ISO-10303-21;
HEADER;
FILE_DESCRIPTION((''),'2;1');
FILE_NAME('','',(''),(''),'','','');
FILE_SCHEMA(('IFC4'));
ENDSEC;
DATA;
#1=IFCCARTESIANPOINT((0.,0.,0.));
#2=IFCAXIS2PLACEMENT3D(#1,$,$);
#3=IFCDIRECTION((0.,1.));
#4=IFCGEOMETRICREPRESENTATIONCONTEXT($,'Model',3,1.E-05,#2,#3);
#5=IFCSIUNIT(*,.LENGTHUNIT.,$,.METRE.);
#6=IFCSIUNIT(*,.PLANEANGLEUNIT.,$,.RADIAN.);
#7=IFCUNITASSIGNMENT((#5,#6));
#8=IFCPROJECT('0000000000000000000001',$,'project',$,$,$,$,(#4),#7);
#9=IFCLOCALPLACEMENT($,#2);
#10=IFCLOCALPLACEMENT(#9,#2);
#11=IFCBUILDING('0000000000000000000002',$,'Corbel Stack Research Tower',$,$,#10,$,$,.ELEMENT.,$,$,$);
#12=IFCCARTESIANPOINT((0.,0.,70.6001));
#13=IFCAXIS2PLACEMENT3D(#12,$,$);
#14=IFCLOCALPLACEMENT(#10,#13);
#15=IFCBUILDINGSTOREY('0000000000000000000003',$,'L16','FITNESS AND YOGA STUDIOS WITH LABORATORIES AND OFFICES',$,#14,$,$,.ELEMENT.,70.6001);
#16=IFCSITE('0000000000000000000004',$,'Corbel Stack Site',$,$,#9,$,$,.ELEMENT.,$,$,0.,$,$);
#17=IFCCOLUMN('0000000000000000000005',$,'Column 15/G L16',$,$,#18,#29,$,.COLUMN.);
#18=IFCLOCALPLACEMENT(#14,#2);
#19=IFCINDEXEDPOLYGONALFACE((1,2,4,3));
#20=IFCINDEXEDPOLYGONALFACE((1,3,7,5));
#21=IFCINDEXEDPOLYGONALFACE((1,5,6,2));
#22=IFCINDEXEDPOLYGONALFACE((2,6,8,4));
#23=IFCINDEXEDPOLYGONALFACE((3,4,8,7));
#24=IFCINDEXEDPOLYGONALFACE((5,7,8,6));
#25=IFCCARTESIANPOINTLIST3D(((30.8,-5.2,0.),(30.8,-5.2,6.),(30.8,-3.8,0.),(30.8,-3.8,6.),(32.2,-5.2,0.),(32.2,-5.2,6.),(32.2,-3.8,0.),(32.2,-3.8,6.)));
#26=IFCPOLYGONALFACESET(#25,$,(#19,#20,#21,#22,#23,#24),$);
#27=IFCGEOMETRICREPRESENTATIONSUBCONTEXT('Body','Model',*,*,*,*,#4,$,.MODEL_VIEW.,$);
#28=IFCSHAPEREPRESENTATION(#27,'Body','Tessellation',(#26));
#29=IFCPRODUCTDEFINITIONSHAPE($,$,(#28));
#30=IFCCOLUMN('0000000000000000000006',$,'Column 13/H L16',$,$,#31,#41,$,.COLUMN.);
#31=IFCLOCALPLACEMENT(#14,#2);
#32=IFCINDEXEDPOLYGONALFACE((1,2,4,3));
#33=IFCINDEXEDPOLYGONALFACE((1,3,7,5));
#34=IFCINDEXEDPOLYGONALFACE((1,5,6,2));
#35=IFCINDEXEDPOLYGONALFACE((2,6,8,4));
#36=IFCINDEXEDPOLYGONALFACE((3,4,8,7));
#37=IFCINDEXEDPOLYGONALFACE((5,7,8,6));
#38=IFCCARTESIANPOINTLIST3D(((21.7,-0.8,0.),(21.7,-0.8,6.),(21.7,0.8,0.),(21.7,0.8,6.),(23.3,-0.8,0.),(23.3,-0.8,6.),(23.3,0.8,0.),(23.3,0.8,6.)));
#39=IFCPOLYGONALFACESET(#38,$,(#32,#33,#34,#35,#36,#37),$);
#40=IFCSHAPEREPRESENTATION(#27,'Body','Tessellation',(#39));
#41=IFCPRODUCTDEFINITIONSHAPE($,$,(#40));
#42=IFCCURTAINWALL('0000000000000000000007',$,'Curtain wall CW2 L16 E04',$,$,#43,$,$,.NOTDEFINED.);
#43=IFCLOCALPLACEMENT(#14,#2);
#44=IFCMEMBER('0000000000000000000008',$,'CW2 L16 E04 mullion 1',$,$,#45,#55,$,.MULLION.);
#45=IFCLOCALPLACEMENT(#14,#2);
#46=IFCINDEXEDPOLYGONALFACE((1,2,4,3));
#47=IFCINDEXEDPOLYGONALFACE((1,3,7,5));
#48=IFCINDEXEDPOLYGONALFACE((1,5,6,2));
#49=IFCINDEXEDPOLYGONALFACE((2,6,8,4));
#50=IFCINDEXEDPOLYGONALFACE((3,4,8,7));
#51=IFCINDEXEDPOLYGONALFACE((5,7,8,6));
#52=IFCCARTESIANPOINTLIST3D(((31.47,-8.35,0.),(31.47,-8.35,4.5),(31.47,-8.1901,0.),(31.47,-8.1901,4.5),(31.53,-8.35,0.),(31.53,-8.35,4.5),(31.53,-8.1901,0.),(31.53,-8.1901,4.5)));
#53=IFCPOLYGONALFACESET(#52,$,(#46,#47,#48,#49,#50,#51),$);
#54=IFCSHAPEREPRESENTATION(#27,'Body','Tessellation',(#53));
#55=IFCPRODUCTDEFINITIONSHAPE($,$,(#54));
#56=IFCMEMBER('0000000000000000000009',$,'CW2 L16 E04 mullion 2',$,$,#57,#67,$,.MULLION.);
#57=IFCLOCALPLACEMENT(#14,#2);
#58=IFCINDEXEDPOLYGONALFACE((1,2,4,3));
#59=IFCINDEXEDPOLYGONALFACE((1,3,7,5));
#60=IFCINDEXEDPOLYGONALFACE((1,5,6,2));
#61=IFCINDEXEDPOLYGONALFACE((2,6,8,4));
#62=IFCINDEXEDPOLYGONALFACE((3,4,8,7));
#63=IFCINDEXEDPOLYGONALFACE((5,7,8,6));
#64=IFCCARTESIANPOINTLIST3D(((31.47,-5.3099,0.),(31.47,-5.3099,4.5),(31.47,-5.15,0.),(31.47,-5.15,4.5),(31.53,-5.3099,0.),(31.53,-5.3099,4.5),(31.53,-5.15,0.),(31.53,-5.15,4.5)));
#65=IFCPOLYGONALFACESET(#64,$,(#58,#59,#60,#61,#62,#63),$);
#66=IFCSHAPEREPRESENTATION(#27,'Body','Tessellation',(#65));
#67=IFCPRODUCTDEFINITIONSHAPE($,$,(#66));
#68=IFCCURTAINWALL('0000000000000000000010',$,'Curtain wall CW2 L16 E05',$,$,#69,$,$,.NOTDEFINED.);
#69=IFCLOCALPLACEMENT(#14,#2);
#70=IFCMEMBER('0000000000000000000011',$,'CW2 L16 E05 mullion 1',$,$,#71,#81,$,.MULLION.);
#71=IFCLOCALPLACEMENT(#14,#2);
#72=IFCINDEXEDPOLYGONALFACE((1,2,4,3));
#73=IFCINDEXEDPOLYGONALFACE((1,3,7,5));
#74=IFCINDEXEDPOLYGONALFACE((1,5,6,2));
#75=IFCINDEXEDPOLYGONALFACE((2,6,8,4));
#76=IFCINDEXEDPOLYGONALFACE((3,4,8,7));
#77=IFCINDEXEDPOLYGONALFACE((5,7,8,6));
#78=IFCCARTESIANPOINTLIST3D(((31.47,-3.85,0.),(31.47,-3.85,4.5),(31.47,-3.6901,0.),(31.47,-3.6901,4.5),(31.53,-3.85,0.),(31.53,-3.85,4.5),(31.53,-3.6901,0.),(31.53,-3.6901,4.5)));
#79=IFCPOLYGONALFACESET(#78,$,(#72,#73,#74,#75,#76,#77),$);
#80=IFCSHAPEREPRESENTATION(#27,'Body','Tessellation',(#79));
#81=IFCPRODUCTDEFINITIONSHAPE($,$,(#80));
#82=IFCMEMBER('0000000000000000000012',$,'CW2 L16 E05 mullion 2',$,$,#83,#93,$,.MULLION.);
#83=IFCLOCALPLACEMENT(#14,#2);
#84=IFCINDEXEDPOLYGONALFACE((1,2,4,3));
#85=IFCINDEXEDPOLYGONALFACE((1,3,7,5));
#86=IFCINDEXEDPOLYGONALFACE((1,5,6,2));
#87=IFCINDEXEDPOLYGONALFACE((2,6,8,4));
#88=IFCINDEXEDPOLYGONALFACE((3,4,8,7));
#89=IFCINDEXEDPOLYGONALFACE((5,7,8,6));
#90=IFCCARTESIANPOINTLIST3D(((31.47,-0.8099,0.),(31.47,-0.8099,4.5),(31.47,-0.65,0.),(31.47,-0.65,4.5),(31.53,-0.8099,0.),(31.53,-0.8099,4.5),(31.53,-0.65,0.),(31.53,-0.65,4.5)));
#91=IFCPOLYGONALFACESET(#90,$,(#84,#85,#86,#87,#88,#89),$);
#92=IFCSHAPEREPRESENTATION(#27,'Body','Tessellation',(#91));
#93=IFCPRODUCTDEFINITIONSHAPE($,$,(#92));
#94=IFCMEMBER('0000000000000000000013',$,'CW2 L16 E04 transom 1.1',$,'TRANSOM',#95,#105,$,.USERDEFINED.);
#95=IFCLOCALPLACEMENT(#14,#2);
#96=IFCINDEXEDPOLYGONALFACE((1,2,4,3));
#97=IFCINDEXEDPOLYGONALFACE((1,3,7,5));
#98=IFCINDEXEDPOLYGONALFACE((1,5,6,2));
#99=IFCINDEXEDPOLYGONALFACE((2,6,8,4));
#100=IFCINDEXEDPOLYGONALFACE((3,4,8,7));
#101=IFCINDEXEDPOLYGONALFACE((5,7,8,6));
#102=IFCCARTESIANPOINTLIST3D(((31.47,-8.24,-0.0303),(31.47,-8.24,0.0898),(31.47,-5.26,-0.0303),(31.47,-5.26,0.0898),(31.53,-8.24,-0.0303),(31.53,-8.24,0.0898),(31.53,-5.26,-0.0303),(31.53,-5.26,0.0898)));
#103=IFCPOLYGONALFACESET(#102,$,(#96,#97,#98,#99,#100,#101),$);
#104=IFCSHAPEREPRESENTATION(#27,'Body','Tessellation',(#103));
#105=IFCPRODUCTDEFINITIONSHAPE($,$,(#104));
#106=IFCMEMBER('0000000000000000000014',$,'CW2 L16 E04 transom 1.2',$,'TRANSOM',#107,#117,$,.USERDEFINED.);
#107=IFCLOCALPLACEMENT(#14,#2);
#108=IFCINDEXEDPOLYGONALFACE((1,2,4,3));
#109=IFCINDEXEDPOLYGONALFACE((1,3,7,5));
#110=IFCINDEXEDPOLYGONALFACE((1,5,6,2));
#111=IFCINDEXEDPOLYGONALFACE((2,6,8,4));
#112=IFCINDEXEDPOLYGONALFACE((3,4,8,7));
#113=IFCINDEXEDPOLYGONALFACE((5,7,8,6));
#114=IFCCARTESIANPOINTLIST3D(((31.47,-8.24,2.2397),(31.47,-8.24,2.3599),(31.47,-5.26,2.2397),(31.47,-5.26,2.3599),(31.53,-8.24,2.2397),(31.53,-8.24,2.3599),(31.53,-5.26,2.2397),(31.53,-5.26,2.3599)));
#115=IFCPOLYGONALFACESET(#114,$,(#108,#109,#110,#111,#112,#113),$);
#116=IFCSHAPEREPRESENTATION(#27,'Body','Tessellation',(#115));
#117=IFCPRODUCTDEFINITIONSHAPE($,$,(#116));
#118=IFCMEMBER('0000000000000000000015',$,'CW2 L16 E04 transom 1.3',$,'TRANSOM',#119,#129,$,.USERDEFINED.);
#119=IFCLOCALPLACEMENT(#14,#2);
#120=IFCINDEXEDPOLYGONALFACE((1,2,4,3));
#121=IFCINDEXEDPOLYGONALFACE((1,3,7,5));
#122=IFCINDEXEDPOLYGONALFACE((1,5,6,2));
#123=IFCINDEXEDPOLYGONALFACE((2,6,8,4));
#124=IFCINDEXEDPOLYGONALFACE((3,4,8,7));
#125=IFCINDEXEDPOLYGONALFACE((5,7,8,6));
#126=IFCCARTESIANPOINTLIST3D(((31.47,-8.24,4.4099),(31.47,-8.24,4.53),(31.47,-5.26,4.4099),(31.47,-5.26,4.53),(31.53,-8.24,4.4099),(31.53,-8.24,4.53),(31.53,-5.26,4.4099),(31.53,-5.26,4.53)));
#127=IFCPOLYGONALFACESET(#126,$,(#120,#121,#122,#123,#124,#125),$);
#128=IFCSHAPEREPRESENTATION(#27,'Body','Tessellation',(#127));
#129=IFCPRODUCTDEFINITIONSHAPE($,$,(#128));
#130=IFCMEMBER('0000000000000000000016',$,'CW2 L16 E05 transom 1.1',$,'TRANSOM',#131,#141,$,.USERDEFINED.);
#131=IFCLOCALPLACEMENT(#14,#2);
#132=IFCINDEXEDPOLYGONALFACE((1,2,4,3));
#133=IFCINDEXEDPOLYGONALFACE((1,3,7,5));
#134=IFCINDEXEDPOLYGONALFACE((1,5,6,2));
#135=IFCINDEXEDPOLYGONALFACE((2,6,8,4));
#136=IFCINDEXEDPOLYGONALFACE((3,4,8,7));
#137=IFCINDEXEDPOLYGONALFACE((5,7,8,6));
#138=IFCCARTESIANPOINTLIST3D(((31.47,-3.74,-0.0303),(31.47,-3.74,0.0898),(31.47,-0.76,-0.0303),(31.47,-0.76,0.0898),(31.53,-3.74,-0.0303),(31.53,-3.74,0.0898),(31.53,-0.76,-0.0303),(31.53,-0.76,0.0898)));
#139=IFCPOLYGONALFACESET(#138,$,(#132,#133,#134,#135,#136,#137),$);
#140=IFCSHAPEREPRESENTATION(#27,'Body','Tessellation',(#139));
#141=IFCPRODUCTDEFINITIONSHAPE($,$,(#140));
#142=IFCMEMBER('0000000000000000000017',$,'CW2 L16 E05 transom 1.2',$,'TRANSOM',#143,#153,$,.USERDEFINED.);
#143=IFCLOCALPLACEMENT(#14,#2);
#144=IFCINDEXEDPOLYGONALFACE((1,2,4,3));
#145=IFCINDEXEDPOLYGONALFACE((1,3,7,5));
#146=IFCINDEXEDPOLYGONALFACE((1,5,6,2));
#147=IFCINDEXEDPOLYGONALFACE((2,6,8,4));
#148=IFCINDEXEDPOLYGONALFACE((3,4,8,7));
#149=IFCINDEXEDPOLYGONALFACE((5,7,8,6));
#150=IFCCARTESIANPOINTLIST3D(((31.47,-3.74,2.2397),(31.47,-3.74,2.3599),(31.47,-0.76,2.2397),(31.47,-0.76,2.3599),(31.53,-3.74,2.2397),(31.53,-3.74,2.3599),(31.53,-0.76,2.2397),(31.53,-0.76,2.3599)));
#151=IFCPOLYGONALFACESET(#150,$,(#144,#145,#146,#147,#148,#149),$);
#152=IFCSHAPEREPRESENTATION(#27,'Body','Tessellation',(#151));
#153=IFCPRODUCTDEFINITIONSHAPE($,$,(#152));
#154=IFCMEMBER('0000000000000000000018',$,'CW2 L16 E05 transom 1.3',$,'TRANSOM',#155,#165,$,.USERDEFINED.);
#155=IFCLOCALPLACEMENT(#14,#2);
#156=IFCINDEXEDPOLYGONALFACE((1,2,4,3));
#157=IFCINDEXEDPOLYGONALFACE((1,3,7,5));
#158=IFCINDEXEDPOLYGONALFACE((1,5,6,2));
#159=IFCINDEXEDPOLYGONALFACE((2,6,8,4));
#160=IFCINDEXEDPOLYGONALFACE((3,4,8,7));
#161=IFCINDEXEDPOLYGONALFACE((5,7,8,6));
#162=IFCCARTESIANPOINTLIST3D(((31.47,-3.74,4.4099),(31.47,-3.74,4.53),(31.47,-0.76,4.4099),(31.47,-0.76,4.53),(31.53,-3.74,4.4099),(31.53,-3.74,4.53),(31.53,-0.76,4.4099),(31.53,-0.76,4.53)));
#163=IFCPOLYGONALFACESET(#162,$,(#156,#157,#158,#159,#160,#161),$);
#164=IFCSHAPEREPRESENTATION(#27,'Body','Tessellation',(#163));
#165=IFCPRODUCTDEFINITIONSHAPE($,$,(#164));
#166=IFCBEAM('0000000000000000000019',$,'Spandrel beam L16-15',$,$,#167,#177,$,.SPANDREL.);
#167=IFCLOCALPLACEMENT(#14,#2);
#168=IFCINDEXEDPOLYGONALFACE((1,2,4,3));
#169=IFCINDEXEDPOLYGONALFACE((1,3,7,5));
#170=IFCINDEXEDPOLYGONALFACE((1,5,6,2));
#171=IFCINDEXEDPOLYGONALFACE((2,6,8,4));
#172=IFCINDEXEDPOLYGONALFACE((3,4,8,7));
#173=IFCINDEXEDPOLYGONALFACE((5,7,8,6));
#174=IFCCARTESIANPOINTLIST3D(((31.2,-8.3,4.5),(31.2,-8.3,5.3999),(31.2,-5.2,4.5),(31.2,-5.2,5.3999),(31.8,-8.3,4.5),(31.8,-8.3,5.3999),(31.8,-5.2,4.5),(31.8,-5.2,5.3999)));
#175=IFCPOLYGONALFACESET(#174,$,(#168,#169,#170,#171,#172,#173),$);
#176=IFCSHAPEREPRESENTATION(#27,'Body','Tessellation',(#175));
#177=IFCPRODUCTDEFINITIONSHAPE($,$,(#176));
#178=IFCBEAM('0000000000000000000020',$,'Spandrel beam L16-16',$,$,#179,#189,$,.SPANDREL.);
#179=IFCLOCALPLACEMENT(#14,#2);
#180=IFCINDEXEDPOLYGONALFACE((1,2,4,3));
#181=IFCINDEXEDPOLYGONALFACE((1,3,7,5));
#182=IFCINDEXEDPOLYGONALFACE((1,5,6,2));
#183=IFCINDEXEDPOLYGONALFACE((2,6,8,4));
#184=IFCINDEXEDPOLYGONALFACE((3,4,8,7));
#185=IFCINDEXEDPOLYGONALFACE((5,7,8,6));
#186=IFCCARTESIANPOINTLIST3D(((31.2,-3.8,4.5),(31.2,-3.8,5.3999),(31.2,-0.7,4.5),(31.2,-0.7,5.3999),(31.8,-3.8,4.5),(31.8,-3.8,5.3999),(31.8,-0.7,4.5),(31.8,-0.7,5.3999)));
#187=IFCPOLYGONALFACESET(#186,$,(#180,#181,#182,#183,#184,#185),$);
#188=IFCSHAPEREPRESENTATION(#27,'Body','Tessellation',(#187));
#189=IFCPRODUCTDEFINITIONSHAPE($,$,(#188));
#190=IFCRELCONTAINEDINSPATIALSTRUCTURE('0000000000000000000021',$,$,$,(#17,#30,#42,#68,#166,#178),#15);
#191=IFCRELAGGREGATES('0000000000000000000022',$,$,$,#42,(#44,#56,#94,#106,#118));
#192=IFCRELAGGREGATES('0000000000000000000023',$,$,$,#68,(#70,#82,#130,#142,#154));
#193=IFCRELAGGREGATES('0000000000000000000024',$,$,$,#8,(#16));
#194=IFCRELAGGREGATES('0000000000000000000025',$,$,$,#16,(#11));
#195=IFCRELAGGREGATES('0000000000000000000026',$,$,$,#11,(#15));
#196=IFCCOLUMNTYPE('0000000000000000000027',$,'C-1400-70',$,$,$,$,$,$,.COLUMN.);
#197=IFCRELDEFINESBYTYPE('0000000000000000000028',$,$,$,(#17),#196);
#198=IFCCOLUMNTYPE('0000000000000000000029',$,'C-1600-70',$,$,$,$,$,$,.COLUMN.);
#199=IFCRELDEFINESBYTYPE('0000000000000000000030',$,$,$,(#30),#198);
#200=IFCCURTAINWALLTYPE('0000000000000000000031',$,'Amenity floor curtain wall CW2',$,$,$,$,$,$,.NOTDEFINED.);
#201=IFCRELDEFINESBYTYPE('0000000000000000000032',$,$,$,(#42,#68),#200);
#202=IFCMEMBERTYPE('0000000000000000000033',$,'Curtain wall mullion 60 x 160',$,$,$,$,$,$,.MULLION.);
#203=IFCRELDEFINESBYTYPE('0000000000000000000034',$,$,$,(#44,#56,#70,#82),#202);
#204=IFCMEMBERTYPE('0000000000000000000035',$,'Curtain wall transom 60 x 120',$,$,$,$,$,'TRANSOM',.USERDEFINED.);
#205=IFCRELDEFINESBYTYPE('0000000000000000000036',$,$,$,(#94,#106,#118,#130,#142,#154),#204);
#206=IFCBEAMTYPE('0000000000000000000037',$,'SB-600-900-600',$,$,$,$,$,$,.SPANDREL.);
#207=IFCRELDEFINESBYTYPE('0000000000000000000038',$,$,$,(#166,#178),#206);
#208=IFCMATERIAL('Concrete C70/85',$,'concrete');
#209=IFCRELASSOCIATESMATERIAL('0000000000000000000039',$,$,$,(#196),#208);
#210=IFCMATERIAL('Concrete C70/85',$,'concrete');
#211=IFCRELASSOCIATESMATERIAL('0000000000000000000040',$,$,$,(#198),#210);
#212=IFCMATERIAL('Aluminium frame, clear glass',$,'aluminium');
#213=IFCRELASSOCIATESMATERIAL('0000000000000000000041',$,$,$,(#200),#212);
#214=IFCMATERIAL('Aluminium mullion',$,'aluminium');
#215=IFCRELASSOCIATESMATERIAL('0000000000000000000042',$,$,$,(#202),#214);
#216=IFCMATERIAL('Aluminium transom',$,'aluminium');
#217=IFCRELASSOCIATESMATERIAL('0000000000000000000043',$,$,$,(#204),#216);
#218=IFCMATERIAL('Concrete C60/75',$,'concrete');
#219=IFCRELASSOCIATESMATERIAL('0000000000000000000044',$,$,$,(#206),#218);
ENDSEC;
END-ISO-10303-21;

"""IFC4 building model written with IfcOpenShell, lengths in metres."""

from ifc_helpers import new_model, si_unit, direction, frame, origin, origin_2d, place, context, subcontext, project, spatial, rectangle, extrude, material, material_profile, profile_set, type_object, element, aggregate, save


model = new_model("IFC4")

# Units and contexts
model_context = context("Model", 3, precision=1e-05, world=origin(), true_north=direction((0.0, 1.0)))
body_context = subcontext(model_context, "Body", "Model", "MODEL_VIEW")
ifc_project = project(units=[si_unit("LENGTHUNIT", "METRE"), si_unit("PLANEANGLEUNIT", "RADIAN")], contexts=[model_context])

# Site, building, storey
site_placement = place(None, origin())
site = spatial("IfcSite", under=ifc_project, at=site_placement, Name="Corbel Stack Site", CompositionType="ELEMENT", RefElevation=0.0)
building_placement = place(site_placement, origin())
building = spatial("IfcBuilding", under=site, at=building_placement, Name="Corbel Stack Research Tower", CompositionType="ELEMENT")
storey_placement = place(building_placement, frame((0.0, 0.0, 70.6001)))
storey = spatial("IfcBuildingStorey", under=building, at=storey_placement, Name="L16", Description="FITNESS AND YOGA STUDIOS WITH LABORATORIES AND OFFICES", CompositionType="ELEMENT", Elevation=70.6001)

# Columns
ifc_material_1 = material(Name="Concrete C70/85", Category="concrete")
ifc_material_profile_1 = material_profile(ifc_material_1, rectangle(XDim=1.3999, YDim=1.3999, at=origin_2d()), Name="RC 1400 x 1400")
ifc_profile_set_1 = profile_set([ifc_material_profile_1], Name="Concrete C70/85")
column_type_1 = type_object("IfcColumnType", Name="C-1400-70", PredefinedType="COLUMN", material=ifc_profile_set_1)
column_1_placement = place(storey_placement, frame((31.5, -4.5, 0.0), z_axis=(0.0, 0.0, 1.0), x_axis=(1.0, 0.0, 0.0)))
element("IfcColumn", 1, at=column_1_placement, inside=storey, type_object=column_type_1, Name="Column 15/G L16", PredefinedType="COLUMN", context=body_context, shape_type="SweptSolid", body=[
    extrude(rectangle(XDim=1.3999, YDim=1.3999, at=origin_2d()), origin(), (0.0, 0.0, 1.0), 6.0),
])
ifc_material_2 = material(Name="Concrete C70/85", Category="concrete")
ifc_material_profile_2 = material_profile(ifc_material_2, rectangle(XDim=1.6001, YDim=1.6001, at=origin_2d()), Name="RC 1600 x 1600")
ifc_profile_set_2 = profile_set([ifc_material_profile_2], Name="Concrete C70/85")
column_type_2 = type_object("IfcColumnType", Name="C-1600-70", PredefinedType="COLUMN", material=ifc_profile_set_2)
column_2_placement = place(storey_placement, frame((22.5, 0.0, 0.0), z_axis=(0.0, 0.0, 1.0), x_axis=(1.0, 0.0, 0.0)))
element("IfcColumn", 2, at=column_2_placement, inside=storey, type_object=column_type_2, Name="Column 13/H L16", PredefinedType="COLUMN", context=body_context, shape_type="SweptSolid", body=[
    extrude(rectangle(XDim=1.6001, YDim=1.6001, at=origin_2d()), origin(), (0.0, 0.0, 1.0), 6.0),
])

# Curtain walls, members
ifc_material_3 = material(Name="Aluminium frame, clear glass", Category="aluminium")
curtain_wall_type = type_object("IfcCurtainWallType", Name="Amenity floor curtain wall CW2", PredefinedType="NOTDEFINED", material=ifc_material_3)
curtain_wall_1_placement = place(storey_placement, origin())
curtain_wall_1 = element("IfcCurtainWall", 3, at=curtain_wall_1_placement, inside=storey, type_object=curtain_wall_type, Name="Curtain wall CW2 L16 E04", PredefinedType="NOTDEFINED")
ifc_material_4 = material(Name="Aluminium mullion", Category="aluminium")
ifc_material_profile_3 = material_profile(ifc_material_4, rectangle(XDim=0.0601, YDim=0.1599, at=origin_2d()), Name="Mullion 60 x 160")
ifc_profile_set_3 = profile_set([ifc_material_profile_3], Name="Aluminium mullion")
member_type_1 = type_object("IfcMemberType", Name="Curtain wall mullion 60 x 160", PredefinedType="MULLION", material=ifc_profile_set_3)
member_1_placement = place(storey_placement, frame((31.5, -8.27, 0.0), z_axis=(0.0, 0.0, 1.0), x_axis=(-1.0, 0.0, 0.0)))
member_1 = element("IfcMember", 4, at=member_1_placement, type_object=member_type_1, Name="CW2 L16 E04 mullion 1", PredefinedType="MULLION", context=body_context, shape_type="SweptSolid", body=[
    extrude(rectangle(XDim=0.0601, YDim=0.1599, at=origin_2d()), origin(), (0.0, 0.0, 1.0), 4.5),
])
member_2_placement = place(storey_placement, frame((31.5, -5.23, 0.0), z_axis=(0.0, 0.0, 1.0), x_axis=(-1.0, 0.0, 0.0)))
member_2 = element("IfcMember", 5, at=member_2_placement, type_object=member_type_1, Name="CW2 L16 E04 mullion 2", PredefinedType="MULLION", context=body_context, shape_type="SweptSolid", body=[
    extrude(rectangle(XDim=0.0601, YDim=0.1599, at=origin_2d()), origin(), (0.0, 0.0, 1.0), 4.5),
])
curtain_wall_2_placement = place(storey_placement, origin())
curtain_wall_2 = element("IfcCurtainWall", 6, at=curtain_wall_2_placement, inside=storey, type_object=curtain_wall_type, Name="Curtain wall CW2 L16 E05", PredefinedType="NOTDEFINED")
member_3_placement = place(storey_placement, frame((31.5, -3.77, 0.0), z_axis=(0.0, 0.0, 1.0), x_axis=(-1.0, 0.0, 0.0)))
member_3 = element("IfcMember", 7, at=member_3_placement, type_object=member_type_1, Name="CW2 L16 E05 mullion 1", PredefinedType="MULLION", context=body_context, shape_type="SweptSolid", body=[
    extrude(rectangle(XDim=0.0601, YDim=0.1599, at=origin_2d()), origin(), (0.0, 0.0, 1.0), 4.5),
])
member_4_placement = place(storey_placement, frame((31.5, -0.73, 0.0), z_axis=(0.0, 0.0, 1.0), x_axis=(-1.0, 0.0, 0.0)))
member_4 = element("IfcMember", 8, at=member_4_placement, type_object=member_type_1, Name="CW2 L16 E05 mullion 2", PredefinedType="MULLION", context=body_context, shape_type="SweptSolid", body=[
    extrude(rectangle(XDim=0.0601, YDim=0.1599, at=origin_2d()), origin(), (0.0, 0.0, 1.0), 4.5),
])

# Members
ifc_material_5 = material(Name="Aluminium transom", Category="aluminium")
ifc_material_profile_4 = material_profile(ifc_material_5, rectangle(XDim=0.0601, YDim=0.1201, at=origin_2d()), Name="Transom 60 x 120")
ifc_profile_set_4 = profile_set([ifc_material_profile_4], Name="Aluminium transom")
member_type_2 = type_object("IfcMemberType", Name="Curtain wall transom 60 x 120", ElementType="TRANSOM", PredefinedType="USERDEFINED", material=ifc_profile_set_4)
member_5_placement = place(storey_placement, frame((31.5, -8.24, 0.0298), z_axis=(0.0, 1.0, 0.0), x_axis=(-1.0, 0.0, 0.0)))
member_5 = element("IfcMember", 9, at=member_5_placement, type_object=member_type_2, Name="CW2 L16 E04 transom 1.1", ObjectType="TRANSOM", PredefinedType="USERDEFINED", context=body_context, shape_type="SweptSolid", body=[
    extrude(rectangle(XDim=0.0601, YDim=0.1201, at=origin_2d()), origin(), (0.0, 0.0, 1.0), 2.98),
])
member_6_placement = place(storey_placement, frame((31.5, -8.24, 2.2998), z_axis=(0.0, 1.0, 0.0), x_axis=(-1.0, 0.0, 0.0)))
member_6 = element("IfcMember", 10, at=member_6_placement, type_object=member_type_2, Name="CW2 L16 E04 transom 1.2", ObjectType="TRANSOM", PredefinedType="USERDEFINED", context=body_context, shape_type="SweptSolid", body=[
    extrude(rectangle(XDim=0.0601, YDim=0.1201, at=origin_2d()), origin(), (0.0, 0.0, 1.0), 2.98),
])
member_7_placement = place(storey_placement, frame((31.5, -8.24, 4.47), z_axis=(0.0, 1.0, 0.0), x_axis=(-1.0, 0.0, 0.0)))
member_7 = element("IfcMember", 11, at=member_7_placement, type_object=member_type_2, Name="CW2 L16 E04 transom 1.3", ObjectType="TRANSOM", PredefinedType="USERDEFINED", context=body_context, shape_type="SweptSolid", body=[
    extrude(rectangle(XDim=0.0601, YDim=0.1201, at=origin_2d()), origin(), (0.0, 0.0, 1.0), 2.98),
])
member_8_placement = place(storey_placement, frame((31.5, -3.74, 0.0298), z_axis=(0.0, 1.0, 0.0), x_axis=(-1.0, 0.0, 0.0)))
member_8 = element("IfcMember", 12, at=member_8_placement, type_object=member_type_2, Name="CW2 L16 E05 transom 1.1", ObjectType="TRANSOM", PredefinedType="USERDEFINED", context=body_context, shape_type="SweptSolid", body=[
    extrude(rectangle(XDim=0.0601, YDim=0.1201, at=origin_2d()), origin(), (0.0, 0.0, 1.0), 2.98),
])
member_9_placement = place(storey_placement, frame((31.5, -3.74, 2.2998), z_axis=(0.0, 1.0, 0.0), x_axis=(-1.0, 0.0, 0.0)))
member_9 = element("IfcMember", 13, at=member_9_placement, type_object=member_type_2, Name="CW2 L16 E05 transom 1.2", ObjectType="TRANSOM", PredefinedType="USERDEFINED", context=body_context, shape_type="SweptSolid", body=[
    extrude(rectangle(XDim=0.0601, YDim=0.1201, at=origin_2d()), origin(), (0.0, 0.0, 1.0), 2.98),
])
member_10_placement = place(storey_placement, frame((31.5, -3.74, 4.47), z_axis=(0.0, 1.0, 0.0), x_axis=(-1.0, 0.0, 0.0)))
member_10 = element("IfcMember", 14, at=member_10_placement, type_object=member_type_2, Name="CW2 L16 E05 transom 1.3", ObjectType="TRANSOM", PredefinedType="USERDEFINED", context=body_context, shape_type="SweptSolid", body=[
    extrude(rectangle(XDim=0.0601, YDim=0.1201, at=origin_2d()), origin(), (0.0, 0.0, 1.0), 2.98),
])

# Beams
ifc_material_6 = material(Name="Concrete C60/75", Category="concrete")
ifc_material_profile_5 = material_profile(ifc_material_6, rectangle(XDim=0.6001, YDim=0.8999, at=origin_2d()), Name="RC 600 x 900")
ifc_profile_set_5 = profile_set([ifc_material_profile_5], Name="Concrete C60/75")
beam_type = type_object("IfcBeamType", Name="SB-600-900-600", PredefinedType="SPANDREL", material=ifc_profile_set_5)
for number, where, z_axis, x_axis, name in (
    (15, (31.5, -8.3, 4.95), (0.0, 1.0, 0.0), (-1.0, 0.0, 0.0), "Spandrel beam L16-15"),
    (16, (31.5, -3.8, 4.95), (0.0, 1.0, 0.0), (-1.0, 0.0, 0.0), "Spandrel beam L16-16"),
):
    element("IfcBeam", number, at=place(storey_placement, frame(where, z_axis=z_axis, x_axis=x_axis)), inside=storey, type_object=beam_type, Name=name, PredefinedType="SPANDREL", context=body_context, shape_type="SweptSolid", body=[
        extrude(rectangle(XDim=0.6001, YDim=0.8999, at=origin_2d()), origin(), (0.0, 0.0, 1.0), 3.1001),
    ])

aggregate(curtain_wall_1, [member_1, member_2, member_5, member_6, member_7])
aggregate(curtain_wall_2, [member_3, member_4, member_8, member_9, member_10])

save(model, "model.ifc")
